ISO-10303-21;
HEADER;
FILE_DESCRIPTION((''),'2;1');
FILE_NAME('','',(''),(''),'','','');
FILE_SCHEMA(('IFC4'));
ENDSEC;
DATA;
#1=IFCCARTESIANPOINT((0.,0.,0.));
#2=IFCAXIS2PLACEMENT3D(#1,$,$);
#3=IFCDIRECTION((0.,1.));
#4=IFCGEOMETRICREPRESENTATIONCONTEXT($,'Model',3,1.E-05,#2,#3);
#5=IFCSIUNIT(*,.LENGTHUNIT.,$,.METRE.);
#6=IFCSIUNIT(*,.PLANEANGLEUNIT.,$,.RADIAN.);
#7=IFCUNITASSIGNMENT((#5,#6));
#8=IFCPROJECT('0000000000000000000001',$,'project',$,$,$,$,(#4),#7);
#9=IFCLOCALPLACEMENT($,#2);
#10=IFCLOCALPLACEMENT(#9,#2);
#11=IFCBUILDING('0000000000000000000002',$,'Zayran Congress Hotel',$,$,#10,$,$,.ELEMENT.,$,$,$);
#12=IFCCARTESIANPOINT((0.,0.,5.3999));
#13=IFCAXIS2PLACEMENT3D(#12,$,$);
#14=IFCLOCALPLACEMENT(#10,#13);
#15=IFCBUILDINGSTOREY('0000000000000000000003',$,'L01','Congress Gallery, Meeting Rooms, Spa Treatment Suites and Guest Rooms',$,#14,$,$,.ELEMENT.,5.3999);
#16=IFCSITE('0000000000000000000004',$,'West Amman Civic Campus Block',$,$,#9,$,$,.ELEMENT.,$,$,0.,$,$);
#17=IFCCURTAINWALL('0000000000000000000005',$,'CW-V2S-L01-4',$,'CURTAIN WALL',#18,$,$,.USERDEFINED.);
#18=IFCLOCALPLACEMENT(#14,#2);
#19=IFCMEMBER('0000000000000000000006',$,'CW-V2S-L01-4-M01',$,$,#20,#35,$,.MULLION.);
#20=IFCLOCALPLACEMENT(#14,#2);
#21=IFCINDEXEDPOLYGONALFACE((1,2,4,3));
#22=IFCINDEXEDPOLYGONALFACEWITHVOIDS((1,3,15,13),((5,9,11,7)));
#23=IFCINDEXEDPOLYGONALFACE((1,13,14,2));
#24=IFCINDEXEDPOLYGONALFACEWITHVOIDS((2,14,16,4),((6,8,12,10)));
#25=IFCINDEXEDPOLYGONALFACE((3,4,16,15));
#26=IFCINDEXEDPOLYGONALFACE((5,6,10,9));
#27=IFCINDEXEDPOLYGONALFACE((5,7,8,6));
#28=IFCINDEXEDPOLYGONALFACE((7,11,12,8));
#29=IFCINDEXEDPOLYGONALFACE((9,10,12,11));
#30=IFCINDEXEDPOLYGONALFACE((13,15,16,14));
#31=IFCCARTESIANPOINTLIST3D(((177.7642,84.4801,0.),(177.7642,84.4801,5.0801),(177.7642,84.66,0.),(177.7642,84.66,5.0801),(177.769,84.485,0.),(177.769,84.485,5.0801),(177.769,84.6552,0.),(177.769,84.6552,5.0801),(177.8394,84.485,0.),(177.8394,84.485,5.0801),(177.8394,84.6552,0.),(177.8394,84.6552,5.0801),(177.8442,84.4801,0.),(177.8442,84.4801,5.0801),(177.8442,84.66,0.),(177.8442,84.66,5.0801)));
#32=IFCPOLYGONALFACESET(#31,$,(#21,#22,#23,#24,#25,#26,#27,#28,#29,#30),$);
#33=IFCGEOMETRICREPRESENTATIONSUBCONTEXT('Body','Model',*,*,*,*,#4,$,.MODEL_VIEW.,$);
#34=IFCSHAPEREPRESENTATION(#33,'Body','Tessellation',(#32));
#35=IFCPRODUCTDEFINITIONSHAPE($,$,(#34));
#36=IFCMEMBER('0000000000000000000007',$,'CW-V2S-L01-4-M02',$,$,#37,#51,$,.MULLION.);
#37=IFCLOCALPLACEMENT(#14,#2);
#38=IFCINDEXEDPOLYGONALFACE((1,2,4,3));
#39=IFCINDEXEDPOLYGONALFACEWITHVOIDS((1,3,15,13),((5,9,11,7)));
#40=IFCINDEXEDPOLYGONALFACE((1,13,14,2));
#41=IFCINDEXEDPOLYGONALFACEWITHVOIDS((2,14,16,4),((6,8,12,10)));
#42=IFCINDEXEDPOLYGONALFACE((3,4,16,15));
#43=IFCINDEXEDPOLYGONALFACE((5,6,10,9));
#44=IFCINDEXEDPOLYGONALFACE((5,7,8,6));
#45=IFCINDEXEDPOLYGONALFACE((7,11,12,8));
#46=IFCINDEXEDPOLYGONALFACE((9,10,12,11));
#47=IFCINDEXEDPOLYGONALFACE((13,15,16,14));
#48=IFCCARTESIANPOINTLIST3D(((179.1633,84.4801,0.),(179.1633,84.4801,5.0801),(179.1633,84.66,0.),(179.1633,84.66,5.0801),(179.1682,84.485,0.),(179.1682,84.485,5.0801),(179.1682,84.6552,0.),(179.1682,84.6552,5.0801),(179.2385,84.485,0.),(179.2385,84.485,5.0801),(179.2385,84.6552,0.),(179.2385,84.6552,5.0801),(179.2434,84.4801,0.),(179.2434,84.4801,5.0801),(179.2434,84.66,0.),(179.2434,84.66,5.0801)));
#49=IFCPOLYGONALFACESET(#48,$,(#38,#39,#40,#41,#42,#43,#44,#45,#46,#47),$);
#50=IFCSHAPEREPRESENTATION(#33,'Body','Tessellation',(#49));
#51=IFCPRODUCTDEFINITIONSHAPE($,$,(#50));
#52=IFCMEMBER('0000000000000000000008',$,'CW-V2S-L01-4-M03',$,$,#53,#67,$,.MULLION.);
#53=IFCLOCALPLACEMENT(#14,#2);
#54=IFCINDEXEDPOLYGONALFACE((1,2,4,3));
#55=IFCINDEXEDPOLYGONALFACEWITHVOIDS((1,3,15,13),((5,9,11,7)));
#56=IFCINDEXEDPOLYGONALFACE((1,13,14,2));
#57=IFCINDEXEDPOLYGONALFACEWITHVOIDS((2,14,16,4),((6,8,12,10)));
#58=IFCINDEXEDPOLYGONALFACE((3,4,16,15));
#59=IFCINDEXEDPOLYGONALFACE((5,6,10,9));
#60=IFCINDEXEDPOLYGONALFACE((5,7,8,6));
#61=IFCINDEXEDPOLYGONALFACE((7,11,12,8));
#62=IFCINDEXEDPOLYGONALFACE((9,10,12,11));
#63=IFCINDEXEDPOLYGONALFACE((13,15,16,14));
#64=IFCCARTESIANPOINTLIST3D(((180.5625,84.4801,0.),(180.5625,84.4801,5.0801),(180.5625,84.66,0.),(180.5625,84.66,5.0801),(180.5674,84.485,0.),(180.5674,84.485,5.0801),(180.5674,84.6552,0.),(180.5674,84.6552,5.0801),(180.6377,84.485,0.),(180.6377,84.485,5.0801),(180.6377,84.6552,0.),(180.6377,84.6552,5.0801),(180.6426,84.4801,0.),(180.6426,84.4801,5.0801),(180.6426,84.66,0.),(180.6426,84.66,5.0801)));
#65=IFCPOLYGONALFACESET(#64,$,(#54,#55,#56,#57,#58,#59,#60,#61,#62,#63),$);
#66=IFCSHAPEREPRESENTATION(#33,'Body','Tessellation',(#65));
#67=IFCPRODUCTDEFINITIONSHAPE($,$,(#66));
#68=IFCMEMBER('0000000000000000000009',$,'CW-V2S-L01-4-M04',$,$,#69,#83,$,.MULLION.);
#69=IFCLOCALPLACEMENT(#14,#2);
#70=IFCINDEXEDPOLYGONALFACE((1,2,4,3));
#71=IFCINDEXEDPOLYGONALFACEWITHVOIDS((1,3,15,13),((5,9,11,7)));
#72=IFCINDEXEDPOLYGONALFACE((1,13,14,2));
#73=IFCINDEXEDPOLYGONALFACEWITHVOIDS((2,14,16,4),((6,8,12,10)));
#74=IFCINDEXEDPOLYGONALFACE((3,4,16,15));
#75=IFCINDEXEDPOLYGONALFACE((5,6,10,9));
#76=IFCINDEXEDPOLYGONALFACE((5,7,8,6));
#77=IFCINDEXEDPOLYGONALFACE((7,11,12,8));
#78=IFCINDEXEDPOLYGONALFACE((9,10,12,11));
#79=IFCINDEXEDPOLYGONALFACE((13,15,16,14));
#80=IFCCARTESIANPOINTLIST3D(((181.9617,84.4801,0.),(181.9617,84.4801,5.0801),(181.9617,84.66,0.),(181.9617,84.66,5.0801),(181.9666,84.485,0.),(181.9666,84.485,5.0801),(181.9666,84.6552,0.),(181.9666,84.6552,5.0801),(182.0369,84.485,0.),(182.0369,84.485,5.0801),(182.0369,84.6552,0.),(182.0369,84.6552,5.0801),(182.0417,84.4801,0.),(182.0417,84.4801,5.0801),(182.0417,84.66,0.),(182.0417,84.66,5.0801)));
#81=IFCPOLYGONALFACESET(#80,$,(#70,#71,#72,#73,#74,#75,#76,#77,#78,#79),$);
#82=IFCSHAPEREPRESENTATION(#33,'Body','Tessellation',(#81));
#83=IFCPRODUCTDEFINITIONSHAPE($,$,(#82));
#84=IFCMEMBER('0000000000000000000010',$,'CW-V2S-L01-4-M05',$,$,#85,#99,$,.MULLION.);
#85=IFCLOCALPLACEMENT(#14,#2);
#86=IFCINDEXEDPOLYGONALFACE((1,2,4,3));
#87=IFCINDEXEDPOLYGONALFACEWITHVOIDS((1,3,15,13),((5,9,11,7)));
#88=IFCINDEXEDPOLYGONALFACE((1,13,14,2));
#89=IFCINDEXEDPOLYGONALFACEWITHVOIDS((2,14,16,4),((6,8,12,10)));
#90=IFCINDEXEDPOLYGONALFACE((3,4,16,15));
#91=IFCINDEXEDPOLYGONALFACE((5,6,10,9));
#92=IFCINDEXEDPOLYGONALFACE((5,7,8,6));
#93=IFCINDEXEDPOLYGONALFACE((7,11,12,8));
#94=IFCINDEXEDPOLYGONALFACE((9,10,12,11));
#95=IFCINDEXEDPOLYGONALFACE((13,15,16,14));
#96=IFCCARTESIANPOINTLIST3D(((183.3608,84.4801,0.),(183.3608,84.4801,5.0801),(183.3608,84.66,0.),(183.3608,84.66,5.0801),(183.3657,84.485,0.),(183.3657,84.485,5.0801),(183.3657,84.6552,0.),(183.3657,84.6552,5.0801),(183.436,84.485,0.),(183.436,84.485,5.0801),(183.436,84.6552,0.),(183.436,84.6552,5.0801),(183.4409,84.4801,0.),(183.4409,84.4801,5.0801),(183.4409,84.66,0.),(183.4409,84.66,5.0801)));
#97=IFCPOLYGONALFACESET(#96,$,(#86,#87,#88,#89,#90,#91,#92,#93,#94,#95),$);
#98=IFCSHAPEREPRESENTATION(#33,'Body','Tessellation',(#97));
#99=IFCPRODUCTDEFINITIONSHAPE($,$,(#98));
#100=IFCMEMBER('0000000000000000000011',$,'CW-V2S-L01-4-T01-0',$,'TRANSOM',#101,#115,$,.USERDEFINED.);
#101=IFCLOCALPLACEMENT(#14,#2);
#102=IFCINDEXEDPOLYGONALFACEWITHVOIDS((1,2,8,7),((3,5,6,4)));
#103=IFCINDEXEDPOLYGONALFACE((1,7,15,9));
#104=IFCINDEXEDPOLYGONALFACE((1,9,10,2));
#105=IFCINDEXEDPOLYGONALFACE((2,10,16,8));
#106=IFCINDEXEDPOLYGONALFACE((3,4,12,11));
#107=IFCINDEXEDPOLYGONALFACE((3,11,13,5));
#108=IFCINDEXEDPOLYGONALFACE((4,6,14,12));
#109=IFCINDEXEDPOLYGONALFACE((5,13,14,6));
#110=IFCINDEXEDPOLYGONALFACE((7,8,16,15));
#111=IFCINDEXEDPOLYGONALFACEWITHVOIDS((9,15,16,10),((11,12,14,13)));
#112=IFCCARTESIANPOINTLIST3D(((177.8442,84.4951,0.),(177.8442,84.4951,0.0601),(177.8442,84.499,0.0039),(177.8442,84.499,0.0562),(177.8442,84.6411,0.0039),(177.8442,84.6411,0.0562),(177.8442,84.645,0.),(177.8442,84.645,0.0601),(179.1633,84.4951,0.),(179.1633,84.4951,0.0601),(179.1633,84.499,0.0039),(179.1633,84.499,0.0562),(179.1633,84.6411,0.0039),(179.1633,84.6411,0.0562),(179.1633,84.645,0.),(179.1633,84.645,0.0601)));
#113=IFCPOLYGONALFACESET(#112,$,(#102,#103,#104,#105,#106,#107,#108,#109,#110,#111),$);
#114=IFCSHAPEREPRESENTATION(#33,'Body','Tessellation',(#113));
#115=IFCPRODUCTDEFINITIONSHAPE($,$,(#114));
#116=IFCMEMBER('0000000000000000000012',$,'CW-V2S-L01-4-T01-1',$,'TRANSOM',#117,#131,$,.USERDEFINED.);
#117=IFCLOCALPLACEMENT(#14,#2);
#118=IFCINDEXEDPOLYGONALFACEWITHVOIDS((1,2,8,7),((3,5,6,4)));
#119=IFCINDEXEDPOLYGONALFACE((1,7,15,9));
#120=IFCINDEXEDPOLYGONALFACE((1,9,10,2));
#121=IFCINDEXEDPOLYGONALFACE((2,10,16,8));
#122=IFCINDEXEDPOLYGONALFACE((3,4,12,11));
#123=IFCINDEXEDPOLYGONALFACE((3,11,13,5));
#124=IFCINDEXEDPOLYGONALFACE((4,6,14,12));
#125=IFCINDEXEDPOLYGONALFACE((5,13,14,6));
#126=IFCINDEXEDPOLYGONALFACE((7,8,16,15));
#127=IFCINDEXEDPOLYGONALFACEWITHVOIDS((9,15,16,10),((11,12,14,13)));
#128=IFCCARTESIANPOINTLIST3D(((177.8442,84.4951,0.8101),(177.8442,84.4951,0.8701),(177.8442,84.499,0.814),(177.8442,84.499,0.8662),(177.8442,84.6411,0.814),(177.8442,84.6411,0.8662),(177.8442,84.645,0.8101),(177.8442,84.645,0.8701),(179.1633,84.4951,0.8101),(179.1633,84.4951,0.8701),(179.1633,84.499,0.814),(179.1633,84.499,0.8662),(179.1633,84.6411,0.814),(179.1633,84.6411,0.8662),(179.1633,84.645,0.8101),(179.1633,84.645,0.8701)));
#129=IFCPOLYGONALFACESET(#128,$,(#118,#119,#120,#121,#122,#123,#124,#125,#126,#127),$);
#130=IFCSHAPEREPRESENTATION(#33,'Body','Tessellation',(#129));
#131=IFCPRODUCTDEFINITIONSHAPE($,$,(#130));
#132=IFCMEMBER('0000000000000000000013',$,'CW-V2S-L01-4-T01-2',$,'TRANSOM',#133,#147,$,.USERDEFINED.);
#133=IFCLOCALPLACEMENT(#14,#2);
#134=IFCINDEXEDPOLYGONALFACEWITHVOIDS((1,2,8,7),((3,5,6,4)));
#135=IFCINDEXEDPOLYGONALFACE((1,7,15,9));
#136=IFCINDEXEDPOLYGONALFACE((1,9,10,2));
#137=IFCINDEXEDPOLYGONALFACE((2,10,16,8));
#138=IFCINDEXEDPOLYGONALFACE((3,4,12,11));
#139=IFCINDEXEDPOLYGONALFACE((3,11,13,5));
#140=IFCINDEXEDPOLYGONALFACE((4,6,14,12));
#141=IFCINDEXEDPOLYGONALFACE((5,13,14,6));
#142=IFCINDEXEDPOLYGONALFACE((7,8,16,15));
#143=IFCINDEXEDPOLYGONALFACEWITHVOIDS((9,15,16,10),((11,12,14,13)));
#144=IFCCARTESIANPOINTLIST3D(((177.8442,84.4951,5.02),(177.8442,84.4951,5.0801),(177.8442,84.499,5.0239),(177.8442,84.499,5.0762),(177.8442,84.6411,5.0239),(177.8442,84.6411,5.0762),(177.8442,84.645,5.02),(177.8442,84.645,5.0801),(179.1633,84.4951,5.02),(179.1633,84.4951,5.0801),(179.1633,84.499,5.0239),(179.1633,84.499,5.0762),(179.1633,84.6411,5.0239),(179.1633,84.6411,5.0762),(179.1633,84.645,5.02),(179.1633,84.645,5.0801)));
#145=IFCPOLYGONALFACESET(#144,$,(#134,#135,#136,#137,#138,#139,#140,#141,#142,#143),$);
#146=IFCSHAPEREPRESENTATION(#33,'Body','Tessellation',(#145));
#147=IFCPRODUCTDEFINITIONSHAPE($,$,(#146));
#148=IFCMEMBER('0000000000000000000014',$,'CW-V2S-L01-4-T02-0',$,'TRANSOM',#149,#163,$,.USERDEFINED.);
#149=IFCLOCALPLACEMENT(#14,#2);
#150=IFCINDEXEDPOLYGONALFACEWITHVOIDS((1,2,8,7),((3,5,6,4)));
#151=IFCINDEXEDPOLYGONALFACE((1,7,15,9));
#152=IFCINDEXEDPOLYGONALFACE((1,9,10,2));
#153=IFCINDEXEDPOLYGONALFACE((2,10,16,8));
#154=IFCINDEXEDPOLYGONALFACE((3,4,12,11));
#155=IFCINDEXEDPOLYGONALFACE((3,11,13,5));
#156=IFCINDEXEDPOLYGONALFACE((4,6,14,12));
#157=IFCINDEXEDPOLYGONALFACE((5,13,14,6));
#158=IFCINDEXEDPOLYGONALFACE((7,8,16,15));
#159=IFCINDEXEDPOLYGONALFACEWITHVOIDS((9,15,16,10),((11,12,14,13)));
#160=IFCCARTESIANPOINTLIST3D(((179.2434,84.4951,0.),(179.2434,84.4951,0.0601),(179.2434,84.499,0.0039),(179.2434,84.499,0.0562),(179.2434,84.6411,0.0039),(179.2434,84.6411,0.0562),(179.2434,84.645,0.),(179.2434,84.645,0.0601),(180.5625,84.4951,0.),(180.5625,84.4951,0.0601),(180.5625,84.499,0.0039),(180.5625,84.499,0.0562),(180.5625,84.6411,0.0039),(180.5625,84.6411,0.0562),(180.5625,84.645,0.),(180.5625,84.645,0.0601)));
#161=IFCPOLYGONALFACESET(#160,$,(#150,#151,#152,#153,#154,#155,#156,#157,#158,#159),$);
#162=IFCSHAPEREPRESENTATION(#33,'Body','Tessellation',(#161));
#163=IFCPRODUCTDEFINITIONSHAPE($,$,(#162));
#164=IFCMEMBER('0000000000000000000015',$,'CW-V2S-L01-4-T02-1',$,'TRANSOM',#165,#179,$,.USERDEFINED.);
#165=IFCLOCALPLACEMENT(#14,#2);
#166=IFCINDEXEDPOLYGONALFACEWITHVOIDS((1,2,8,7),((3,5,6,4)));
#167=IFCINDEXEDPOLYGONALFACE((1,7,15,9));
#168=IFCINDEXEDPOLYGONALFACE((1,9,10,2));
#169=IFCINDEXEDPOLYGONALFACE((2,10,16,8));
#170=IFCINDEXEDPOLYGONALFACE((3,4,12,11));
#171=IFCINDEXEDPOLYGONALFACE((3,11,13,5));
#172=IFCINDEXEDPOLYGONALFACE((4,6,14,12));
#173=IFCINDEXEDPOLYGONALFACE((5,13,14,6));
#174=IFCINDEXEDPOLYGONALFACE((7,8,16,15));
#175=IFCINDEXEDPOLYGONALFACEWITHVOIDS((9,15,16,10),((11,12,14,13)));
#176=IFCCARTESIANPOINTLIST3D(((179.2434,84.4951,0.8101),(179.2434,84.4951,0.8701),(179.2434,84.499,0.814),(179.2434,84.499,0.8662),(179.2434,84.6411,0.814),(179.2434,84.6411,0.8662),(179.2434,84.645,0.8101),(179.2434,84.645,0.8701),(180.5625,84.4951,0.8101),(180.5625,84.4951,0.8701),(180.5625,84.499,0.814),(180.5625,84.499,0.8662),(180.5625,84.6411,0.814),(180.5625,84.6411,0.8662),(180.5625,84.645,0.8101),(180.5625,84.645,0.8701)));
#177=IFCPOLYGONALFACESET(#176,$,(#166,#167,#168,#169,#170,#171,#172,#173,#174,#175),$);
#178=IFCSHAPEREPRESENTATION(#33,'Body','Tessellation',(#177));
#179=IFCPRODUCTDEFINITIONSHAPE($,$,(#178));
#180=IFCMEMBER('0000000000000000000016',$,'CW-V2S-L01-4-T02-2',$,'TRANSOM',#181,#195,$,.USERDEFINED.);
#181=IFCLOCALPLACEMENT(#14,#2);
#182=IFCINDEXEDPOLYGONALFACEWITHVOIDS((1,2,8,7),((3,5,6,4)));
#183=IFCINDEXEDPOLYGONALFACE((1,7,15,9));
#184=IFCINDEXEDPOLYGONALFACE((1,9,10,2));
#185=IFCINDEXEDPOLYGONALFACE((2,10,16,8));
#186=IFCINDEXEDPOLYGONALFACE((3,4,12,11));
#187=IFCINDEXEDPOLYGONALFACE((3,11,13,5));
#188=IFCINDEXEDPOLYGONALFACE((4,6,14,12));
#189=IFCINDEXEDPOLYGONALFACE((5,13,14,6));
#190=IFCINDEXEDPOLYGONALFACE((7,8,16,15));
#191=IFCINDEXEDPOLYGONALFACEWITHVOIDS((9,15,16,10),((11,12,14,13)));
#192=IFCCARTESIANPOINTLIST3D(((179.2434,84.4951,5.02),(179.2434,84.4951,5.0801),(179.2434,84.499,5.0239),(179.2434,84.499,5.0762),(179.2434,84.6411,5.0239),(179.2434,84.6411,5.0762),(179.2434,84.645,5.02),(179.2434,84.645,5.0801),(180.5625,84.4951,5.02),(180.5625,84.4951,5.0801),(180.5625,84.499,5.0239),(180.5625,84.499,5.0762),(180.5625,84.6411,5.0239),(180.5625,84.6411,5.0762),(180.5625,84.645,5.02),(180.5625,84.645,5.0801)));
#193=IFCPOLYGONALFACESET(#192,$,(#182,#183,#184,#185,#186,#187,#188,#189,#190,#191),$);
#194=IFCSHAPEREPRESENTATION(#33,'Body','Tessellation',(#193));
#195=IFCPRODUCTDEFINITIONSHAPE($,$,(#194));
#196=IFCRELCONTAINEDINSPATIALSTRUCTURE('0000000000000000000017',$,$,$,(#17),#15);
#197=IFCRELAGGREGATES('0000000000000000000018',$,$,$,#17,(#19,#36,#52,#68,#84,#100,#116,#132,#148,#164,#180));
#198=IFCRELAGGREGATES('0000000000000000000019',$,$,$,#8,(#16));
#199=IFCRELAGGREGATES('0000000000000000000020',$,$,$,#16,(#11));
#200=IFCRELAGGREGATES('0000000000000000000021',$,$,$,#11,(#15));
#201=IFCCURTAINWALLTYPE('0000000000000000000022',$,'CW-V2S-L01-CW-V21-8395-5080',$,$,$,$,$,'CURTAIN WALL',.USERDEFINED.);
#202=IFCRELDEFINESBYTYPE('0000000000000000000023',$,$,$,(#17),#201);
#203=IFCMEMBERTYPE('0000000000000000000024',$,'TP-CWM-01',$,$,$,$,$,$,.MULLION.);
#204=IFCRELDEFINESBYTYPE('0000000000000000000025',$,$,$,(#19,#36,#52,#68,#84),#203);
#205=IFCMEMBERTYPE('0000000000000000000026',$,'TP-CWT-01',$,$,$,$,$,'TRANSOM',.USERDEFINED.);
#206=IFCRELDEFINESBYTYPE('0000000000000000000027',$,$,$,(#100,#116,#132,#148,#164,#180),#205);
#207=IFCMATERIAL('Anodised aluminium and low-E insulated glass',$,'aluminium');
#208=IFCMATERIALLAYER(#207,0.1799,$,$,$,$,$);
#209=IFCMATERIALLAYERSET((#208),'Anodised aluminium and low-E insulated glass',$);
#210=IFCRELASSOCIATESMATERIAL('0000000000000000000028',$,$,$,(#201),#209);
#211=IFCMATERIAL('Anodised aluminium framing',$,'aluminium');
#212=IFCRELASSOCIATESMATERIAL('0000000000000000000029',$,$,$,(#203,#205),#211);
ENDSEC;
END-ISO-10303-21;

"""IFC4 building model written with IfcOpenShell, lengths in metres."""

from ifc_helpers import new_model, si_unit, direction, frame, origin, origin_2d, place, context, subcontext, project, spatial, hollow_rectangle, extrude, material, layer, layer_set, material_profile, profile_set, type_object, element, aggregate, save


model = new_model("IFC4")

# Units and contexts
model_context = context("Model", 3, precision=1e-05, world=origin(), true_north=direction((0.0, 1.0)))
body_context = subcontext(model_context, "Body", "Model", "MODEL_VIEW")
ifc_project = project(units=[si_unit("LENGTHUNIT", "METRE"), si_unit("PLANEANGLEUNIT", "RADIAN")], contexts=[model_context])

# Site, building, storey
site_placement = place(None, origin())
site = spatial("IfcSite", under=ifc_project, at=site_placement, Name="West Amman Civic Campus Block", CompositionType="ELEMENT", RefElevation=0.0)
building_placement = place(site_placement, origin())
building = spatial("IfcBuilding", under=site, at=building_placement, Name="Zayran Congress Hotel", CompositionType="ELEMENT")
storey_placement = place(building_placement, frame((0.0, 0.0, 5.3999)))
storey = spatial("IfcBuildingStorey", under=building, at=storey_placement, Name="L01", Description="Congress Gallery, Meeting Rooms, Spa Treatment Suites and Guest Rooms", CompositionType="ELEMENT", Elevation=5.3999)

# Curtain wall, members
ifc_material_1 = material(Name="Anodised aluminium and low-E insulated glass", Category="aluminium")
ifc_layer_1 = layer(ifc_material_1, 0.1799)
ifc_layer_set_1 = layer_set([ifc_layer_1], Name="Anodised aluminium and low-E insulated glass")
curtain_wall_type = type_object("IfcCurtainWallType", Name="CW-V2S-L01-CW-V21-8395-5080", ElementType="CURTAIN WALL", PredefinedType="USERDEFINED", material=ifc_layer_set_1)
curtain_wall_placement = place(storey_placement, origin())
curtain_wall = element("IfcCurtainWall", 1, at=curtain_wall_placement, inside=storey, type_object=curtain_wall_type, Name="CW-V2S-L01-4", ObjectType="CURTAIN WALL", PredefinedType="USERDEFINED")
ifc_material_2 = material(Name="Anodised aluminium framing", Category="aluminium")
ifc_material_profile_1 = material_profile(ifc_material_2, hollow_rectangle(XDim=0.0801, YDim=0.1799, WallThickness=0.0049, at=origin_2d()), Name="RHS 180x80x5")
ifc_profile_set_1 = profile_set([ifc_material_profile_1], Name="Anodised aluminium framing")
member_type_1 = type_object("IfcMemberType", Name="TP-CWM-01", PredefinedType="MULLION", material=ifc_profile_set_1)
member_1_placement = place(storey_placement, frame((177.8042, 84.5701, 0.0), z_axis=(0.0, 0.0, 1.0), x_axis=(1.0, 0.0, 0.0)))
member_1 = element("IfcMember", 2, at=member_1_placement, type_object=member_type_1, Name="CW-V2S-L01-4-M01", PredefinedType="MULLION", context=body_context, shape_type="SweptSolid", body=[
    extrude(hollow_rectangle(XDim=0.0801, YDim=0.1799, WallThickness=0.0049, at=origin_2d()), origin(), (0.0, 0.0, 1.0), 5.0801),
])
member_2_placement = place(storey_placement, frame((179.2034, 84.5701, 0.0), z_axis=(0.0, 0.0, 1.0), x_axis=(1.0, 0.0, 0.0)))
member_2 = element("IfcMember", 3, at=member_2_placement, type_object=member_type_1, Name="CW-V2S-L01-4-M02", PredefinedType="MULLION", context=body_context, shape_type="SweptSolid", body=[
    extrude(hollow_rectangle(XDim=0.0801, YDim=0.1799, WallThickness=0.0049, at=origin_2d()), origin(), (0.0, 0.0, 1.0), 5.0801),
])
member_3_placement = place(storey_placement, frame((180.6025, 84.5701, 0.0), z_axis=(0.0, 0.0, 1.0), x_axis=(1.0, 0.0, 0.0)))
member_3 = element("IfcMember", 4, at=member_3_placement, type_object=member_type_1, Name="CW-V2S-L01-4-M03", PredefinedType="MULLION", context=body_context, shape_type="SweptSolid", body=[
    extrude(hollow_rectangle(XDim=0.0801, YDim=0.1799, WallThickness=0.0049, at=origin_2d()), origin(), (0.0, 0.0, 1.0), 5.0801),
])
member_4_placement = place(storey_placement, frame((182.0017, 84.5701, 0.0), z_axis=(0.0, 0.0, 1.0), x_axis=(1.0, 0.0, 0.0)))
member_4 = element("IfcMember", 5, at=member_4_placement, type_object=member_type_1, Name="CW-V2S-L01-4-M04", PredefinedType="MULLION", context=body_context, shape_type="SweptSolid", body=[
    extrude(hollow_rectangle(XDim=0.0801, YDim=0.1799, WallThickness=0.0049, at=origin_2d()), origin(), (0.0, 0.0, 1.0), 5.0801),
])
member_5_placement = place(storey_placement, frame((183.4009, 84.5701, 0.0), z_axis=(0.0, 0.0, 1.0), x_axis=(1.0, 0.0, 0.0)))
member_5 = element("IfcMember", 6, at=member_5_placement, type_object=member_type_1, Name="CW-V2S-L01-4-M05", PredefinedType="MULLION", context=body_context, shape_type="SweptSolid", body=[
    extrude(hollow_rectangle(XDim=0.0801, YDim=0.1799, WallThickness=0.0049, at=origin_2d()), origin(), (0.0, 0.0, 1.0), 5.0801),
])
ifc_material_profile_2 = material_profile(ifc_material_2, hollow_rectangle(XDim=0.0601, YDim=0.1499, WallThickness=0.0039, at=origin_2d()), Name="RHS 150x60x4")
ifc_profile_set_2 = profile_set([ifc_material_profile_2], Name="Anodised aluminium framing")
member_type_2 = type_object("IfcMemberType", Name="TP-CWT-01", ElementType="TRANSOM", PredefinedType="USERDEFINED", material=ifc_profile_set_2)
member_6_placement = place(storey_placement, frame((177.8442, 84.5701, 0.03), z_axis=(1.0, 0.0, 0.0), x_axis=(0.0, 0.0, 1.0)))
member_6 = element("IfcMember", 7, at=member_6_placement, type_object=member_type_2, Name="CW-V2S-L01-4-T01-0", ObjectType="TRANSOM", PredefinedType="USERDEFINED", context=body_context, shape_type="SweptSolid", body=[
    extrude(hollow_rectangle(XDim=0.0601, YDim=0.1499, WallThickness=0.0039, at=origin_2d()), origin(), (0.0, 0.0, 1.0), 1.3191),
])
member_7_placement = place(storey_placement, frame((177.8442, 84.5701, 0.8401), z_axis=(1.0, 0.0, 0.0), x_axis=(0.0, 0.0, 1.0)))
member_7 = element("IfcMember", 8, at=member_7_placement, type_object=member_type_2, Name="CW-V2S-L01-4-T01-1", ObjectType="TRANSOM", PredefinedType="USERDEFINED", context=body_context, shape_type="SweptSolid", body=[
    extrude(hollow_rectangle(XDim=0.0601, YDim=0.1499, WallThickness=0.0039, at=origin_2d()), origin(), (0.0, 0.0, 1.0), 1.3191),
])
member_8_placement = place(storey_placement, frame((177.8442, 84.5701, 5.05), z_axis=(1.0, 0.0, 0.0), x_axis=(0.0, 0.0, 1.0)))
member_8 = element("IfcMember", 9, at=member_8_placement, type_object=member_type_2, Name="CW-V2S-L01-4-T01-2", ObjectType="TRANSOM", PredefinedType="USERDEFINED", context=body_context, shape_type="SweptSolid", body=[
    extrude(hollow_rectangle(XDim=0.0601, YDim=0.1499, WallThickness=0.0039, at=origin_2d()), origin(), (0.0, 0.0, 1.0), 1.3191),
])
member_9_placement = place(storey_placement, frame((179.2434, 84.5701, 0.03), z_axis=(1.0, 0.0, 0.0), x_axis=(0.0, 0.0, 1.0)))
member_9 = element("IfcMember", 10, at=member_9_placement, type_object=member_type_2, Name="CW-V2S-L01-4-T02-0", ObjectType="TRANSOM", PredefinedType="USERDEFINED", context=body_context, shape_type="SweptSolid", body=[
    extrude(hollow_rectangle(XDim=0.0601, YDim=0.1499, WallThickness=0.0039, at=origin_2d()), origin(), (0.0, 0.0, 1.0), 1.3191),
])
member_10_placement = place(storey_placement, frame((179.2434, 84.5701, 0.8401), z_axis=(1.0, 0.0, 0.0), x_axis=(0.0, 0.0, 1.0)))
member_10 = element("IfcMember", 11, at=member_10_placement, type_object=member_type_2, Name="CW-V2S-L01-4-T02-1", ObjectType="TRANSOM", PredefinedType="USERDEFINED", context=body_context, shape_type="SweptSolid", body=[
    extrude(hollow_rectangle(XDim=0.0601, YDim=0.1499, WallThickness=0.0039, at=origin_2d()), origin(), (0.0, 0.0, 1.0), 1.3191),
])
member_11_placement = place(storey_placement, frame((179.2434, 84.5701, 5.05), z_axis=(1.0, 0.0, 0.0), x_axis=(0.0, 0.0, 1.0)))
member_11 = element("IfcMember", 12, at=member_11_placement, type_object=member_type_2, Name="CW-V2S-L01-4-T02-2", ObjectType="TRANSOM", PredefinedType="USERDEFINED", context=body_context, shape_type="SweptSolid", body=[
    extrude(hollow_rectangle(XDim=0.0601, YDim=0.1499, WallThickness=0.0039, at=origin_2d()), origin(), (0.0, 0.0, 1.0), 1.3191),
])
aggregate(curtain_wall, [member_1, member_2, member_3, member_4, member_5, member_6, member_7, member_8, member_9, member_10, member_11])

save(model, "model.ifc")
